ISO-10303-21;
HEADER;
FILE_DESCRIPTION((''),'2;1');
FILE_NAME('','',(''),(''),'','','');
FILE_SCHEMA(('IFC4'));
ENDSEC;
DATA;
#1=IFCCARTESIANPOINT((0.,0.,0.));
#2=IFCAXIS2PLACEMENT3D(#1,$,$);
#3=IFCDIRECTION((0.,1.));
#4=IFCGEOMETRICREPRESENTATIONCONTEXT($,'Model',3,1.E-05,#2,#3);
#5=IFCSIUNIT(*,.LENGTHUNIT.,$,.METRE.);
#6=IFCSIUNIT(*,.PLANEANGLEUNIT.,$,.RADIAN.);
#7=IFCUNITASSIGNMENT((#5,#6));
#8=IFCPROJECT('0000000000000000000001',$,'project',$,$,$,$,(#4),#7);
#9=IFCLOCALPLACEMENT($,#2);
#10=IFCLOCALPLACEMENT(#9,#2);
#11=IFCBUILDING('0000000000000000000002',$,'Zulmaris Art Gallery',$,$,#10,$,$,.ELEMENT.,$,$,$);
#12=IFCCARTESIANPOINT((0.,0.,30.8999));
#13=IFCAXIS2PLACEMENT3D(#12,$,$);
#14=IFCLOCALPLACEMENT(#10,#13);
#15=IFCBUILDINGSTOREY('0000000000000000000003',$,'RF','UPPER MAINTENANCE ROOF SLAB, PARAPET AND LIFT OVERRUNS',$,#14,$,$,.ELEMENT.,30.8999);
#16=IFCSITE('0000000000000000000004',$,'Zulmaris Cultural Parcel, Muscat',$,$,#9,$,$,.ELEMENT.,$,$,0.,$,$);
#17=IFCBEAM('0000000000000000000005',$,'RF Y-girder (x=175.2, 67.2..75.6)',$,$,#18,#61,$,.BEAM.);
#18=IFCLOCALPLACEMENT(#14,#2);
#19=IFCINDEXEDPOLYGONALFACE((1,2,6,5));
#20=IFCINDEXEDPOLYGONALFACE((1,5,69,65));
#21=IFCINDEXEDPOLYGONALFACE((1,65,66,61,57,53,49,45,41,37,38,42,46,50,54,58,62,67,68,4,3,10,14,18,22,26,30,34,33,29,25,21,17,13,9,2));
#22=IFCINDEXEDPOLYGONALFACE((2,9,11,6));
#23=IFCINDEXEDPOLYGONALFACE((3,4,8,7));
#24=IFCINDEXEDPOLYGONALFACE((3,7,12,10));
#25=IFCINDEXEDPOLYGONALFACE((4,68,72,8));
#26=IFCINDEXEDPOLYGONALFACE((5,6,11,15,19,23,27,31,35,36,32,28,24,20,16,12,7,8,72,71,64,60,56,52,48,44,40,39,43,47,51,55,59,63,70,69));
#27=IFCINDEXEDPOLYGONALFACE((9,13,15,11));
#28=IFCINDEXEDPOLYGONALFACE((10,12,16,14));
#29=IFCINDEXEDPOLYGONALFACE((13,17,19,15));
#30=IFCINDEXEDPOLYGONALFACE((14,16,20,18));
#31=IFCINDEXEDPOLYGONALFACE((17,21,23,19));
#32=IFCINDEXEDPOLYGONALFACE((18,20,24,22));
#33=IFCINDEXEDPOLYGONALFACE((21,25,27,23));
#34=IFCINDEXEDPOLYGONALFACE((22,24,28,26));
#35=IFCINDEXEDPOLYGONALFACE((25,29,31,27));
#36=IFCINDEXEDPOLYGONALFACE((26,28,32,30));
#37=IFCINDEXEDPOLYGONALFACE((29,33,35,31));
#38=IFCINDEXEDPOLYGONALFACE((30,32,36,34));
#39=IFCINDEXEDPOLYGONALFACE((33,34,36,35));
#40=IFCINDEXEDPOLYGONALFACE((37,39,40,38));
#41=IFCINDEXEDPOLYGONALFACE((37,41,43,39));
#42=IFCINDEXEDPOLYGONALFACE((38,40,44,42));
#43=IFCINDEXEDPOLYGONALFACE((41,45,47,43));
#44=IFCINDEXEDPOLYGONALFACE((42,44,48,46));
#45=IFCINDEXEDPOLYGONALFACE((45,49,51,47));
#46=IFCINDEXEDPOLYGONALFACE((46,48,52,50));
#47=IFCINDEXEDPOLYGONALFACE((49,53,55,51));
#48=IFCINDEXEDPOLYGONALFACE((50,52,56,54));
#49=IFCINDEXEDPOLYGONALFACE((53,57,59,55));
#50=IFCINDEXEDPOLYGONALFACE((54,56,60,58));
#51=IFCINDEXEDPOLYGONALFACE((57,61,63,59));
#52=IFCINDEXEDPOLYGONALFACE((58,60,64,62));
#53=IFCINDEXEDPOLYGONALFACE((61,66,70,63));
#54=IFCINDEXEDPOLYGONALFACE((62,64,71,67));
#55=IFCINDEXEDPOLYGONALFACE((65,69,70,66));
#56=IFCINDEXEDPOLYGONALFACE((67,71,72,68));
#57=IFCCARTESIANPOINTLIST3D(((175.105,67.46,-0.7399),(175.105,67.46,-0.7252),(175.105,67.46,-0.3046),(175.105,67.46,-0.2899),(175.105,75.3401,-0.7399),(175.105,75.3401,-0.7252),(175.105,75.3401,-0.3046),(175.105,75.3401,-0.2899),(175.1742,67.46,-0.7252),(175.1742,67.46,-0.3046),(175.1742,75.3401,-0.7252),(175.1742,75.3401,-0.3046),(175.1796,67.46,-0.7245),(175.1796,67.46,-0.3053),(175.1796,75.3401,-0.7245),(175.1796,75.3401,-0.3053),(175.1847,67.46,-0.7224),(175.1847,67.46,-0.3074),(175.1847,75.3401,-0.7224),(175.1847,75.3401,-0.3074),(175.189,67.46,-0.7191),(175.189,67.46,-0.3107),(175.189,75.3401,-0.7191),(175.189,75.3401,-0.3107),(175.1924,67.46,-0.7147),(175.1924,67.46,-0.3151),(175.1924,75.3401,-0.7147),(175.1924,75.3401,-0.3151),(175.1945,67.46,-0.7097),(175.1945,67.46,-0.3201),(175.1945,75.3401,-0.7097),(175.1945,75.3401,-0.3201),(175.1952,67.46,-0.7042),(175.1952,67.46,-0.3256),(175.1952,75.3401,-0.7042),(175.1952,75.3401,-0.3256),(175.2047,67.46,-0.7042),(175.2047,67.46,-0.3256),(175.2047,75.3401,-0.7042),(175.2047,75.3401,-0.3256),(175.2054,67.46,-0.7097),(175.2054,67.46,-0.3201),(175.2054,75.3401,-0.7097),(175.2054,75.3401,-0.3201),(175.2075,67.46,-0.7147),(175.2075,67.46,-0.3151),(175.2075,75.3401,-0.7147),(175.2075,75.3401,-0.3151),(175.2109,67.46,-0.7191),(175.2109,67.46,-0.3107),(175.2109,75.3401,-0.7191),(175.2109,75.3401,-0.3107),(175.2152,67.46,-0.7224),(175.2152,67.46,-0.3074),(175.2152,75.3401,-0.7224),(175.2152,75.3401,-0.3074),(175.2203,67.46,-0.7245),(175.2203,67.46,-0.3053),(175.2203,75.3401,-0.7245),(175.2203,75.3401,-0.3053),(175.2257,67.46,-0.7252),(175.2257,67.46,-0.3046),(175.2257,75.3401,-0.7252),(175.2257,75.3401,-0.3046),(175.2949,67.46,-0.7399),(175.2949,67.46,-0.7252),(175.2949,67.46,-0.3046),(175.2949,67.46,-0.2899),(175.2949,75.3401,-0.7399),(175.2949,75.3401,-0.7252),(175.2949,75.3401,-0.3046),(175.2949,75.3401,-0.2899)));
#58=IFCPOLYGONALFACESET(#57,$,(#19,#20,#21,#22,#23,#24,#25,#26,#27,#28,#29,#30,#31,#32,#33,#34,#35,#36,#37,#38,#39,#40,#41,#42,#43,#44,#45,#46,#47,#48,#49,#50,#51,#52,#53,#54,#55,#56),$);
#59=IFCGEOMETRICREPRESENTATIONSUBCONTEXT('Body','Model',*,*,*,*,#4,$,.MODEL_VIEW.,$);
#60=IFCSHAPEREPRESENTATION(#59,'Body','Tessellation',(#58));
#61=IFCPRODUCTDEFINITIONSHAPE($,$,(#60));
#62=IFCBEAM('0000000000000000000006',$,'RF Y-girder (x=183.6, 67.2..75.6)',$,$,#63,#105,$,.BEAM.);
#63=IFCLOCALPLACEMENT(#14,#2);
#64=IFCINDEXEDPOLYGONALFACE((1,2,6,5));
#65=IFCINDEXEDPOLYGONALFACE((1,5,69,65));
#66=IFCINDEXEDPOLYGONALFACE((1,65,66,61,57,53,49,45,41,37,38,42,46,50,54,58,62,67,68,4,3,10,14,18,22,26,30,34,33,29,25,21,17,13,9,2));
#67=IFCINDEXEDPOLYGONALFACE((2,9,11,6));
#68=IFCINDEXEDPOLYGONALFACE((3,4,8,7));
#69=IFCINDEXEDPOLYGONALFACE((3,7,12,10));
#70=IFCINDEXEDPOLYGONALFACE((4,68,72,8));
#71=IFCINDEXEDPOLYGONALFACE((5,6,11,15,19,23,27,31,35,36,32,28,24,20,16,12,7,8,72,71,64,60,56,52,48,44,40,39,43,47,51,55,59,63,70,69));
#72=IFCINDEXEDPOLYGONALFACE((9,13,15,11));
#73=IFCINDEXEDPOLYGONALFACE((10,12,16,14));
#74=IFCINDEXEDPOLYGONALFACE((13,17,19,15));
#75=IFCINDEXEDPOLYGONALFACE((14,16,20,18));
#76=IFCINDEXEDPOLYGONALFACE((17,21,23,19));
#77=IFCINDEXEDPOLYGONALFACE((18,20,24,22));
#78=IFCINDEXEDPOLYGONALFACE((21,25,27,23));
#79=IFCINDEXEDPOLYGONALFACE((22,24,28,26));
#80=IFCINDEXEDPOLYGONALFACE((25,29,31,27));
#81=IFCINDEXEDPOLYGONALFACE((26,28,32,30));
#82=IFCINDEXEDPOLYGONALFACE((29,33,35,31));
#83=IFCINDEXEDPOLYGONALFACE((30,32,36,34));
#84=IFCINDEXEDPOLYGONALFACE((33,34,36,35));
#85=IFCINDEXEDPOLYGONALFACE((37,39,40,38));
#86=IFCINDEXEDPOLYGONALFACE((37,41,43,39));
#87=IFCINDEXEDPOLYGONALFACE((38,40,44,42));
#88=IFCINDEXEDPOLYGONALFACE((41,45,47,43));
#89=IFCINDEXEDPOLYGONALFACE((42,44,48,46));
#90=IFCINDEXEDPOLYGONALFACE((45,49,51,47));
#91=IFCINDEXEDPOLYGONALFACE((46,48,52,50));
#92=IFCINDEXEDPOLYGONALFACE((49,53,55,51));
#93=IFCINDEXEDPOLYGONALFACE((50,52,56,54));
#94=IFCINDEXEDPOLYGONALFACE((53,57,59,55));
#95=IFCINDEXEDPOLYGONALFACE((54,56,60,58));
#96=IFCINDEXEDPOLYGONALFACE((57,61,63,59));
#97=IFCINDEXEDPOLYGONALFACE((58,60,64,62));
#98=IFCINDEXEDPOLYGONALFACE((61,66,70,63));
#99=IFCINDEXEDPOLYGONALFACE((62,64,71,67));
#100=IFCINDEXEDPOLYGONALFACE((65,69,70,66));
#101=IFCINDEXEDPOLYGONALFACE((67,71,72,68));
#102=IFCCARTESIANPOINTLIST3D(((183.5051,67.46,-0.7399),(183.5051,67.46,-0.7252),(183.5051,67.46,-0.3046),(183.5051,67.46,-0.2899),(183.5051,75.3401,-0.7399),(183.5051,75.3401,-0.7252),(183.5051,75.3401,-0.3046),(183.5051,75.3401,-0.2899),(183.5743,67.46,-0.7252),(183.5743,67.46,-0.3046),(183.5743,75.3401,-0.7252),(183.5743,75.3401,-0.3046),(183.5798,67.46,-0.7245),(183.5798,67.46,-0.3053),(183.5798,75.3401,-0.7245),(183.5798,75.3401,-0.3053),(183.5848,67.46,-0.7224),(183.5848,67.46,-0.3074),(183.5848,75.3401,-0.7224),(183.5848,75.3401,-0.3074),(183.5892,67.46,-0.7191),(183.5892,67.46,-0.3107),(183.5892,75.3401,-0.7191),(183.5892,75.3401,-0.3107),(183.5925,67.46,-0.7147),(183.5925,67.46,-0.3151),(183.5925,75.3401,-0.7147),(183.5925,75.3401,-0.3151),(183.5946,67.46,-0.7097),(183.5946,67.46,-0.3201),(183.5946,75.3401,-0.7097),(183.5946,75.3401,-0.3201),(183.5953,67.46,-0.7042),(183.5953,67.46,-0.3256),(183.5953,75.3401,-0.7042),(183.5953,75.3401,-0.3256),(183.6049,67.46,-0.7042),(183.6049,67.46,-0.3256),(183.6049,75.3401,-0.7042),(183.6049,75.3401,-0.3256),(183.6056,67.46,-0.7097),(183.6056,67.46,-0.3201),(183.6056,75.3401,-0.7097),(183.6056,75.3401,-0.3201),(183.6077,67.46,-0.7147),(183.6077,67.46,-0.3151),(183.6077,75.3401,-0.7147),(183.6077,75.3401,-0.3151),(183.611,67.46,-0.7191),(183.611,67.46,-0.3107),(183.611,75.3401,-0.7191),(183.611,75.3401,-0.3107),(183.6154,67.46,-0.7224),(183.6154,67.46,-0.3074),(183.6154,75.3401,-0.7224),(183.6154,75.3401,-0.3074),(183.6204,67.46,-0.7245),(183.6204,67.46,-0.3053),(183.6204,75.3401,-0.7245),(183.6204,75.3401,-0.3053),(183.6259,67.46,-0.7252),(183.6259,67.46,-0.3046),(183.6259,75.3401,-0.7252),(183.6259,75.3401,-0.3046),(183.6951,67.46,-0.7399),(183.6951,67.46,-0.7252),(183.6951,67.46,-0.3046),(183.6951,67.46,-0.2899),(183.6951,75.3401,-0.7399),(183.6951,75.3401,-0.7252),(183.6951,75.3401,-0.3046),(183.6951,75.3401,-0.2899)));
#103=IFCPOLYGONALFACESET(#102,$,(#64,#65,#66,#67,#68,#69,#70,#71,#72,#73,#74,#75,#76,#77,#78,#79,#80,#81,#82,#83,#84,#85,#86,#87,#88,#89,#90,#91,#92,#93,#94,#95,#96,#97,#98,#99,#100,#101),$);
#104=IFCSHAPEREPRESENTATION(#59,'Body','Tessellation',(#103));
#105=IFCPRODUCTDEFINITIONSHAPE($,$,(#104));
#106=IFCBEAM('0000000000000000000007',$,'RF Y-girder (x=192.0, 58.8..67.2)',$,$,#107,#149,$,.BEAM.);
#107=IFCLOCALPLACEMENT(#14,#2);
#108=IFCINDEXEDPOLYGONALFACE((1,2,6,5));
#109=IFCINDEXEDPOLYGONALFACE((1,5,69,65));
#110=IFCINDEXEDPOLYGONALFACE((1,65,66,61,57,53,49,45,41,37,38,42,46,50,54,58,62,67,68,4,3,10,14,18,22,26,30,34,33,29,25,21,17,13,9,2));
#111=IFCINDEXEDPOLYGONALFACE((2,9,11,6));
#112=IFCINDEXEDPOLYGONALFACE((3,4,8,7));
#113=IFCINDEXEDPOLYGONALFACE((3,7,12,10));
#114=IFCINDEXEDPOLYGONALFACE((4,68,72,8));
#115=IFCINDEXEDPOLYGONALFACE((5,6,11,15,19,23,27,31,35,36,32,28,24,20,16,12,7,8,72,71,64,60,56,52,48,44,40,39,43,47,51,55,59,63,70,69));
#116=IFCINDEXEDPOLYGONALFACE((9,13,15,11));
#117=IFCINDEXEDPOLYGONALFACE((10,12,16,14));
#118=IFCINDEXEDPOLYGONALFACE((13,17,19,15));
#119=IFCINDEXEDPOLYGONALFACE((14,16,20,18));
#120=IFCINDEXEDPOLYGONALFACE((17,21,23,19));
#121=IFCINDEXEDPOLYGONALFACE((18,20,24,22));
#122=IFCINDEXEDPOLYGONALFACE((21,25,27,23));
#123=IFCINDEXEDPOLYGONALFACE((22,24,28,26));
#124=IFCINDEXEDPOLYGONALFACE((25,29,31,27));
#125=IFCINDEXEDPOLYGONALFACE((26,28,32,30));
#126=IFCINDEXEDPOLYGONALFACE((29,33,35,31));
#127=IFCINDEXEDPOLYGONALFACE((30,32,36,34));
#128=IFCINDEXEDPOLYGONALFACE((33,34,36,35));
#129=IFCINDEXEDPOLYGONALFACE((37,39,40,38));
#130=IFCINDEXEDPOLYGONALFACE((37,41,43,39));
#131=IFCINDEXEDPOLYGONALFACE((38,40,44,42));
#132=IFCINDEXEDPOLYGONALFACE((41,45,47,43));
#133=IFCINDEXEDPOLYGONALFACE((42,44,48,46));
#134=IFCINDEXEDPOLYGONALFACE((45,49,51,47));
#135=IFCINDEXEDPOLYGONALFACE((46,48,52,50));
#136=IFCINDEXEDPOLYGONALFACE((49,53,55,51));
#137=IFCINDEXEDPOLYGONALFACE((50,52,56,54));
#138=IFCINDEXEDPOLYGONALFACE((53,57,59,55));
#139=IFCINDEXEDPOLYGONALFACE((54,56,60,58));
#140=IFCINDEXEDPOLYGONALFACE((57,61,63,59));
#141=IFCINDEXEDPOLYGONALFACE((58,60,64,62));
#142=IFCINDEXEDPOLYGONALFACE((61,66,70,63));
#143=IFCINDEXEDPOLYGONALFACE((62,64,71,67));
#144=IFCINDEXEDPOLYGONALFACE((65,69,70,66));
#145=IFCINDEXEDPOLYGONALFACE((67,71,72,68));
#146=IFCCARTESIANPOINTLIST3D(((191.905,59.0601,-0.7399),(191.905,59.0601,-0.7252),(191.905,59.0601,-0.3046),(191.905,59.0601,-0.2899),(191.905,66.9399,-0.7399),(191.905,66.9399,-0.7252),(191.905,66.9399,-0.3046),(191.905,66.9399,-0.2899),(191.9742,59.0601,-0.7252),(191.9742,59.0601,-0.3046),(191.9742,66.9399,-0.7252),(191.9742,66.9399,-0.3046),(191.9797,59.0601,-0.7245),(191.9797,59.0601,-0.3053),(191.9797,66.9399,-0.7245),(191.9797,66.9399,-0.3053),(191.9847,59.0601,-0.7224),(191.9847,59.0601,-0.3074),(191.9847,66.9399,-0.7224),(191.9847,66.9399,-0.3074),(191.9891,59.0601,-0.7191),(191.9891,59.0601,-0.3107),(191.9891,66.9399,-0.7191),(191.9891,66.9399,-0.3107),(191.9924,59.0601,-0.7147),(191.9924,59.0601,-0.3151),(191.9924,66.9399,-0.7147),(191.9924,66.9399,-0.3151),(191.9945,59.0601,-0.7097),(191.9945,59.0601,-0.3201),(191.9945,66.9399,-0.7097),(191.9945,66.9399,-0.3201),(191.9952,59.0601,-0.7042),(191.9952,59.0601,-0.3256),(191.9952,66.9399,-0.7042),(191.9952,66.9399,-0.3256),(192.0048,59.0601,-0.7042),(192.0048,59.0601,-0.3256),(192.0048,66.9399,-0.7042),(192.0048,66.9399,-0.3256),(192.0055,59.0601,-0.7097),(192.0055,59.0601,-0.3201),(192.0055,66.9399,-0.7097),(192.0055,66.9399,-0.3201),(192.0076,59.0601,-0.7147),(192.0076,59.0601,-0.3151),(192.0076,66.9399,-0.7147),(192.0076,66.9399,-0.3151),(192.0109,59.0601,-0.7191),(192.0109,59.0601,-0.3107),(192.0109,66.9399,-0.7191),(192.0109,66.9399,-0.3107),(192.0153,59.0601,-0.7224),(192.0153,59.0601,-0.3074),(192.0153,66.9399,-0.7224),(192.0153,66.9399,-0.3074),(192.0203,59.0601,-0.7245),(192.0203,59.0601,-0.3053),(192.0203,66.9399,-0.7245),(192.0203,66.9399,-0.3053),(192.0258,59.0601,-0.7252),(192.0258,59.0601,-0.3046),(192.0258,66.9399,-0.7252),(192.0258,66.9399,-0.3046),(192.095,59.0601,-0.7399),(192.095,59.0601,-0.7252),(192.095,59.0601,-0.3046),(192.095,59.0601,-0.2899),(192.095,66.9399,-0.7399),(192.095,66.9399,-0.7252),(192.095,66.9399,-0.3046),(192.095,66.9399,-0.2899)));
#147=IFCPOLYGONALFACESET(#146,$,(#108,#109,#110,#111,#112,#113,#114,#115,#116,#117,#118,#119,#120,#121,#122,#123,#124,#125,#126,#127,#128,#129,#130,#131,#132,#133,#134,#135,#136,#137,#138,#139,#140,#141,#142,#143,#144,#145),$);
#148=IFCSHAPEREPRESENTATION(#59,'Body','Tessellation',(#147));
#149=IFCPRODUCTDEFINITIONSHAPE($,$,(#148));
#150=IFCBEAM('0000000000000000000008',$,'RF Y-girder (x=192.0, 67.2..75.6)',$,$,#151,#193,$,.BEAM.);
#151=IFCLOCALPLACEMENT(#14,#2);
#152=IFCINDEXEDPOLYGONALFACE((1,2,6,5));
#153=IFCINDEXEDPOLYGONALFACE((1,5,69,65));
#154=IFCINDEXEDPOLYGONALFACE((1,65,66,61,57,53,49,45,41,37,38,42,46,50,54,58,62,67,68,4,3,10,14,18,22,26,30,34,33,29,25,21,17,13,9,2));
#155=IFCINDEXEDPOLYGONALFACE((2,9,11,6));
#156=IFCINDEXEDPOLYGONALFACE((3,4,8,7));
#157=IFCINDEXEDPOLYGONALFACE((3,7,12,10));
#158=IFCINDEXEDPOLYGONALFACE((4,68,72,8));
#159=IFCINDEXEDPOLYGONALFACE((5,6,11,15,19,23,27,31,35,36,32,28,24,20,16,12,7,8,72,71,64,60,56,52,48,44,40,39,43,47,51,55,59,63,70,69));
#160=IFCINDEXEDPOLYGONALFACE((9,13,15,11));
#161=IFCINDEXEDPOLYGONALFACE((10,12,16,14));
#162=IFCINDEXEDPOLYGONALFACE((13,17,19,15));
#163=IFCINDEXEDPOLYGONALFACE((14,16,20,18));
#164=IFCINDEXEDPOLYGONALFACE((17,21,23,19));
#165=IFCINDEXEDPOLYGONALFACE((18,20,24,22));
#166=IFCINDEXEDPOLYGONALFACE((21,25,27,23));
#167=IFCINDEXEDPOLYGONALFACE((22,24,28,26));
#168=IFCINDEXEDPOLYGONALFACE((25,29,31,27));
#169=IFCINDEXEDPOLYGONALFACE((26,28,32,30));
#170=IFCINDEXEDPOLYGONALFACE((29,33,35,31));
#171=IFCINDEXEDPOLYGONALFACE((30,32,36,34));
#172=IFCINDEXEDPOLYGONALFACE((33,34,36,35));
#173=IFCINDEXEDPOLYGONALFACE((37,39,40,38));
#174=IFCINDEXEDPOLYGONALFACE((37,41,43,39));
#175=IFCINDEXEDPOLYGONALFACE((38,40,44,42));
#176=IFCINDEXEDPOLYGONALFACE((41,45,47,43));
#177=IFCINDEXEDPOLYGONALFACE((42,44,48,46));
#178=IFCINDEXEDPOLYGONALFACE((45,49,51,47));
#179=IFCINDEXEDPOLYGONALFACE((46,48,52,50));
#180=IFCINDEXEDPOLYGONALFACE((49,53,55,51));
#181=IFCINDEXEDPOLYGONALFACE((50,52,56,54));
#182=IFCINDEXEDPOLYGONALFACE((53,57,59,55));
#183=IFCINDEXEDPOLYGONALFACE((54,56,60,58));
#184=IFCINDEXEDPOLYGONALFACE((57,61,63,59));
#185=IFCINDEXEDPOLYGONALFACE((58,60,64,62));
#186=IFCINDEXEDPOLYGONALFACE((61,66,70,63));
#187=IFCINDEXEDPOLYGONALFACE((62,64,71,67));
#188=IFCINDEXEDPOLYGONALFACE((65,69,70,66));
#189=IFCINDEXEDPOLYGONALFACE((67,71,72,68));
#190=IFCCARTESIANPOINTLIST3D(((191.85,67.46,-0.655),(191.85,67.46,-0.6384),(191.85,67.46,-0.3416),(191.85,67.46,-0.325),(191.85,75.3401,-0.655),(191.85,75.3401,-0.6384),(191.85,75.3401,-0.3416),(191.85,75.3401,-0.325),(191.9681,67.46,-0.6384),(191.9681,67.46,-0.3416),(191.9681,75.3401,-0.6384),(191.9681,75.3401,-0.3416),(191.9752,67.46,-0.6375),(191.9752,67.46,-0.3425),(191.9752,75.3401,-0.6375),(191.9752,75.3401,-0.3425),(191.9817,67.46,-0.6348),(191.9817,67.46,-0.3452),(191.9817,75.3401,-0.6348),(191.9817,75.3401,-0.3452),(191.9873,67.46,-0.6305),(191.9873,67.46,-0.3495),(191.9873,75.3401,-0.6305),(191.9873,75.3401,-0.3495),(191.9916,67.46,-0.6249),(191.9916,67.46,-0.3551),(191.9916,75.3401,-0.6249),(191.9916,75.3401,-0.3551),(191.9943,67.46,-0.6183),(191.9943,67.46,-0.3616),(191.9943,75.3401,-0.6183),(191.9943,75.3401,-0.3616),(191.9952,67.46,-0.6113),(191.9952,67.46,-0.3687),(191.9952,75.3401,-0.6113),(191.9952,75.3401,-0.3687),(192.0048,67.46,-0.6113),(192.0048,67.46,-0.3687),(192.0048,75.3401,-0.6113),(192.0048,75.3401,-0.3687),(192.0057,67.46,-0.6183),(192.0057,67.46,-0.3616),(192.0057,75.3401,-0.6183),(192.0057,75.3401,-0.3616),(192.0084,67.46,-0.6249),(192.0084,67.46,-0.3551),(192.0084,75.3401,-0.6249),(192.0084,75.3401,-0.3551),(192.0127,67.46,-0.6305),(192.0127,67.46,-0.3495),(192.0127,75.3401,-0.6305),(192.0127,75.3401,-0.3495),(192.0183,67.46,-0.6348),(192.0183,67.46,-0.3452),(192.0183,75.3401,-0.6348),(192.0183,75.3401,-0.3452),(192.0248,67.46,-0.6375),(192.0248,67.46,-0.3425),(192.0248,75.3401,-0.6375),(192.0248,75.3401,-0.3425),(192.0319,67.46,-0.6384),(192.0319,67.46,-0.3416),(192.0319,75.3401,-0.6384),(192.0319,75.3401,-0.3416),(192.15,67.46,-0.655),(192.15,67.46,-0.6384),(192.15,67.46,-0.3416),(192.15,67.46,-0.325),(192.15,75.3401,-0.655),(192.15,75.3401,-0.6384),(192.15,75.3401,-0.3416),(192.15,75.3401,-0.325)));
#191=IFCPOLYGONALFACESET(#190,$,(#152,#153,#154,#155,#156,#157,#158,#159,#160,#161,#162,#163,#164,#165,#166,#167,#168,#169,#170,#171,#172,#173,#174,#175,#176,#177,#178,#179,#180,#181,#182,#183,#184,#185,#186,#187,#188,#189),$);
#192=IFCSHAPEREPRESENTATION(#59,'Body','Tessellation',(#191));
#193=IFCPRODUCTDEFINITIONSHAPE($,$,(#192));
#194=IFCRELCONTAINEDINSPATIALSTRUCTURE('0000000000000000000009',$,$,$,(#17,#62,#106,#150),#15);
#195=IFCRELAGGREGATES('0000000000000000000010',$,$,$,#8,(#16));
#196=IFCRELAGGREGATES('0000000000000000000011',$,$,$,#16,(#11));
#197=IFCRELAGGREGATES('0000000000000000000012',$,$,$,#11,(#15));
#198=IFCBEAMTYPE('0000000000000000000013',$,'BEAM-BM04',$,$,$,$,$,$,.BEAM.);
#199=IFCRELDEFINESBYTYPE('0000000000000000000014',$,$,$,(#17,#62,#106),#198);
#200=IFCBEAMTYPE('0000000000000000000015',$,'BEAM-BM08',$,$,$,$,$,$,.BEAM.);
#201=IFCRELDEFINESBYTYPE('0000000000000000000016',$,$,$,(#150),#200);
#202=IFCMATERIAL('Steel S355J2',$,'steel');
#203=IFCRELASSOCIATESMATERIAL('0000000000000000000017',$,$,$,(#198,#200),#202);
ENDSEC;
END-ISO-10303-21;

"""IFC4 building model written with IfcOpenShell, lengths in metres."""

from ifc_helpers import new_model, si_unit, direction, frame, origin, origin_2d, place, context, subcontext, project, spatial, i_section, extrude, material, material_profile, profile_set, type_object, element, save


model = new_model("IFC4")

# Units and contexts
model_context = context("Model", 3, precision=1e-05, world=origin(), true_north=direction((0.0, 1.0)))
body_context = subcontext(model_context, "Body", "Model", "MODEL_VIEW")
ifc_project = project(units=[si_unit("LENGTHUNIT", "METRE"), si_unit("PLANEANGLEUNIT", "RADIAN")], contexts=[model_context])

# Site, building, storey
site_placement = place(None, origin())
site = spatial("IfcSite", under=ifc_project, at=site_placement, Name="Zulmaris Cultural Parcel, Muscat", CompositionType="ELEMENT", RefElevation=0.0)
building_placement = place(site_placement, origin())
building = spatial("IfcBuilding", under=site, at=building_placement, Name="Zulmaris Art Gallery", CompositionType="ELEMENT")
storey_placement = place(building_placement, frame((0.0, 0.0, 30.8999)))
storey = spatial("IfcBuildingStorey", under=building, at=storey_placement, Name="RF", Description="UPPER MAINTENANCE ROOF SLAB, PARAPET AND LIFT OVERRUNS", CompositionType="ELEMENT", Elevation=30.8999)

# Beams
ifc_material_1 = material(Name="Steel S355J2", Category="steel")
ifc_material_profile_1 = material_profile(ifc_material_1, i_section(OverallWidth=0.1899, OverallDepth=0.45, WebThickness=0.0095, FlangeThickness=0.0146, FilletRadius=0.021, at=origin_2d()), Name="IPE 450")
ifc_profile_set_1 = profile_set([ifc_material_profile_1], Name="Steel S355J2")
beam_type_1 = type_object("IfcBeamType", Name="BEAM-BM04", PredefinedType="BEAM", material=ifc_profile_set_1)
for number, where, z_axis, x_axis, name in (
    (1, (175.2, 67.46, -0.5149), (0.0, 1.0, 0.0), (-1.0, 0.0, 0.0), "RF Y-girder (x=175.2, 67.2..75.6)"),
    (2, (183.6001, 67.46, -0.5149), (0.0, 1.0, 0.0), (-1.0, 0.0, 0.0), "RF Y-girder (x=183.6, 67.2..75.6)"),
):
    element("IfcBeam", number, at=place(storey_placement, frame(where, z_axis=z_axis, x_axis=x_axis)), inside=storey, type_object=beam_type_1, Name=name, PredefinedType="BEAM", context=body_context, shape_type="SweptSolid", body=[
        extrude(i_section(OverallWidth=0.1899, OverallDepth=0.45, WebThickness=0.0095, FlangeThickness=0.0146, FilletRadius=0.021, at=origin_2d()), origin(), (0.0, 0.0, 1.0), 7.8801),
    ])
beam_1_placement = place(storey_placement, frame((192.0, 59.0601, -0.5149), z_axis=(0.0, 1.0, 0.0), x_axis=(-1.0, 0.0, 0.0)))
element("IfcBeam", 3, at=beam_1_placement, inside=storey, type_object=beam_type_1, Name="RF Y-girder (x=192.0, 58.8..67.2)", PredefinedType="BEAM", context=body_context, shape_type="SweptSolid", body=[
    extrude(i_section(OverallWidth=0.1899, OverallDepth=0.45, WebThickness=0.0095, FlangeThickness=0.0146, FilletRadius=0.021, at=origin_2d()), origin(), (0.0, 0.0, 1.0), 7.8799),
])
ifc_material_profile_2 = material_profile(ifc_material_1, i_section(OverallWidth=0.3, OverallDepth=0.3301, WebThickness=0.0095, FlangeThickness=0.0166, FilletRadius=0.0271, at=origin_2d()), Name="HEA 340")
ifc_profile_set_2 = profile_set([ifc_material_profile_2], Name="Steel S355J2")
beam_type_2 = type_object("IfcBeamType", Name="BEAM-BM08", PredefinedType="BEAM", material=ifc_profile_set_2)
beam_2_placement = place(storey_placement, frame((192.0, 67.46, -0.49), z_axis=(0.0, 1.0, 0.0), x_axis=(-1.0, 0.0, 0.0)))
element("IfcBeam", 4, at=beam_2_placement, inside=storey, type_object=beam_type_2, Name="RF Y-girder (x=192.0, 67.2..75.6)", PredefinedType="BEAM", context=body_context, shape_type="SweptSolid", body=[
    extrude(i_section(OverallWidth=0.3, OverallDepth=0.3301, WebThickness=0.0095, FlangeThickness=0.0166, FilletRadius=0.0271, at=origin_2d()), origin(), (0.0, 0.0, 1.0), 7.8801),
])

save(model, "model.ifc")
